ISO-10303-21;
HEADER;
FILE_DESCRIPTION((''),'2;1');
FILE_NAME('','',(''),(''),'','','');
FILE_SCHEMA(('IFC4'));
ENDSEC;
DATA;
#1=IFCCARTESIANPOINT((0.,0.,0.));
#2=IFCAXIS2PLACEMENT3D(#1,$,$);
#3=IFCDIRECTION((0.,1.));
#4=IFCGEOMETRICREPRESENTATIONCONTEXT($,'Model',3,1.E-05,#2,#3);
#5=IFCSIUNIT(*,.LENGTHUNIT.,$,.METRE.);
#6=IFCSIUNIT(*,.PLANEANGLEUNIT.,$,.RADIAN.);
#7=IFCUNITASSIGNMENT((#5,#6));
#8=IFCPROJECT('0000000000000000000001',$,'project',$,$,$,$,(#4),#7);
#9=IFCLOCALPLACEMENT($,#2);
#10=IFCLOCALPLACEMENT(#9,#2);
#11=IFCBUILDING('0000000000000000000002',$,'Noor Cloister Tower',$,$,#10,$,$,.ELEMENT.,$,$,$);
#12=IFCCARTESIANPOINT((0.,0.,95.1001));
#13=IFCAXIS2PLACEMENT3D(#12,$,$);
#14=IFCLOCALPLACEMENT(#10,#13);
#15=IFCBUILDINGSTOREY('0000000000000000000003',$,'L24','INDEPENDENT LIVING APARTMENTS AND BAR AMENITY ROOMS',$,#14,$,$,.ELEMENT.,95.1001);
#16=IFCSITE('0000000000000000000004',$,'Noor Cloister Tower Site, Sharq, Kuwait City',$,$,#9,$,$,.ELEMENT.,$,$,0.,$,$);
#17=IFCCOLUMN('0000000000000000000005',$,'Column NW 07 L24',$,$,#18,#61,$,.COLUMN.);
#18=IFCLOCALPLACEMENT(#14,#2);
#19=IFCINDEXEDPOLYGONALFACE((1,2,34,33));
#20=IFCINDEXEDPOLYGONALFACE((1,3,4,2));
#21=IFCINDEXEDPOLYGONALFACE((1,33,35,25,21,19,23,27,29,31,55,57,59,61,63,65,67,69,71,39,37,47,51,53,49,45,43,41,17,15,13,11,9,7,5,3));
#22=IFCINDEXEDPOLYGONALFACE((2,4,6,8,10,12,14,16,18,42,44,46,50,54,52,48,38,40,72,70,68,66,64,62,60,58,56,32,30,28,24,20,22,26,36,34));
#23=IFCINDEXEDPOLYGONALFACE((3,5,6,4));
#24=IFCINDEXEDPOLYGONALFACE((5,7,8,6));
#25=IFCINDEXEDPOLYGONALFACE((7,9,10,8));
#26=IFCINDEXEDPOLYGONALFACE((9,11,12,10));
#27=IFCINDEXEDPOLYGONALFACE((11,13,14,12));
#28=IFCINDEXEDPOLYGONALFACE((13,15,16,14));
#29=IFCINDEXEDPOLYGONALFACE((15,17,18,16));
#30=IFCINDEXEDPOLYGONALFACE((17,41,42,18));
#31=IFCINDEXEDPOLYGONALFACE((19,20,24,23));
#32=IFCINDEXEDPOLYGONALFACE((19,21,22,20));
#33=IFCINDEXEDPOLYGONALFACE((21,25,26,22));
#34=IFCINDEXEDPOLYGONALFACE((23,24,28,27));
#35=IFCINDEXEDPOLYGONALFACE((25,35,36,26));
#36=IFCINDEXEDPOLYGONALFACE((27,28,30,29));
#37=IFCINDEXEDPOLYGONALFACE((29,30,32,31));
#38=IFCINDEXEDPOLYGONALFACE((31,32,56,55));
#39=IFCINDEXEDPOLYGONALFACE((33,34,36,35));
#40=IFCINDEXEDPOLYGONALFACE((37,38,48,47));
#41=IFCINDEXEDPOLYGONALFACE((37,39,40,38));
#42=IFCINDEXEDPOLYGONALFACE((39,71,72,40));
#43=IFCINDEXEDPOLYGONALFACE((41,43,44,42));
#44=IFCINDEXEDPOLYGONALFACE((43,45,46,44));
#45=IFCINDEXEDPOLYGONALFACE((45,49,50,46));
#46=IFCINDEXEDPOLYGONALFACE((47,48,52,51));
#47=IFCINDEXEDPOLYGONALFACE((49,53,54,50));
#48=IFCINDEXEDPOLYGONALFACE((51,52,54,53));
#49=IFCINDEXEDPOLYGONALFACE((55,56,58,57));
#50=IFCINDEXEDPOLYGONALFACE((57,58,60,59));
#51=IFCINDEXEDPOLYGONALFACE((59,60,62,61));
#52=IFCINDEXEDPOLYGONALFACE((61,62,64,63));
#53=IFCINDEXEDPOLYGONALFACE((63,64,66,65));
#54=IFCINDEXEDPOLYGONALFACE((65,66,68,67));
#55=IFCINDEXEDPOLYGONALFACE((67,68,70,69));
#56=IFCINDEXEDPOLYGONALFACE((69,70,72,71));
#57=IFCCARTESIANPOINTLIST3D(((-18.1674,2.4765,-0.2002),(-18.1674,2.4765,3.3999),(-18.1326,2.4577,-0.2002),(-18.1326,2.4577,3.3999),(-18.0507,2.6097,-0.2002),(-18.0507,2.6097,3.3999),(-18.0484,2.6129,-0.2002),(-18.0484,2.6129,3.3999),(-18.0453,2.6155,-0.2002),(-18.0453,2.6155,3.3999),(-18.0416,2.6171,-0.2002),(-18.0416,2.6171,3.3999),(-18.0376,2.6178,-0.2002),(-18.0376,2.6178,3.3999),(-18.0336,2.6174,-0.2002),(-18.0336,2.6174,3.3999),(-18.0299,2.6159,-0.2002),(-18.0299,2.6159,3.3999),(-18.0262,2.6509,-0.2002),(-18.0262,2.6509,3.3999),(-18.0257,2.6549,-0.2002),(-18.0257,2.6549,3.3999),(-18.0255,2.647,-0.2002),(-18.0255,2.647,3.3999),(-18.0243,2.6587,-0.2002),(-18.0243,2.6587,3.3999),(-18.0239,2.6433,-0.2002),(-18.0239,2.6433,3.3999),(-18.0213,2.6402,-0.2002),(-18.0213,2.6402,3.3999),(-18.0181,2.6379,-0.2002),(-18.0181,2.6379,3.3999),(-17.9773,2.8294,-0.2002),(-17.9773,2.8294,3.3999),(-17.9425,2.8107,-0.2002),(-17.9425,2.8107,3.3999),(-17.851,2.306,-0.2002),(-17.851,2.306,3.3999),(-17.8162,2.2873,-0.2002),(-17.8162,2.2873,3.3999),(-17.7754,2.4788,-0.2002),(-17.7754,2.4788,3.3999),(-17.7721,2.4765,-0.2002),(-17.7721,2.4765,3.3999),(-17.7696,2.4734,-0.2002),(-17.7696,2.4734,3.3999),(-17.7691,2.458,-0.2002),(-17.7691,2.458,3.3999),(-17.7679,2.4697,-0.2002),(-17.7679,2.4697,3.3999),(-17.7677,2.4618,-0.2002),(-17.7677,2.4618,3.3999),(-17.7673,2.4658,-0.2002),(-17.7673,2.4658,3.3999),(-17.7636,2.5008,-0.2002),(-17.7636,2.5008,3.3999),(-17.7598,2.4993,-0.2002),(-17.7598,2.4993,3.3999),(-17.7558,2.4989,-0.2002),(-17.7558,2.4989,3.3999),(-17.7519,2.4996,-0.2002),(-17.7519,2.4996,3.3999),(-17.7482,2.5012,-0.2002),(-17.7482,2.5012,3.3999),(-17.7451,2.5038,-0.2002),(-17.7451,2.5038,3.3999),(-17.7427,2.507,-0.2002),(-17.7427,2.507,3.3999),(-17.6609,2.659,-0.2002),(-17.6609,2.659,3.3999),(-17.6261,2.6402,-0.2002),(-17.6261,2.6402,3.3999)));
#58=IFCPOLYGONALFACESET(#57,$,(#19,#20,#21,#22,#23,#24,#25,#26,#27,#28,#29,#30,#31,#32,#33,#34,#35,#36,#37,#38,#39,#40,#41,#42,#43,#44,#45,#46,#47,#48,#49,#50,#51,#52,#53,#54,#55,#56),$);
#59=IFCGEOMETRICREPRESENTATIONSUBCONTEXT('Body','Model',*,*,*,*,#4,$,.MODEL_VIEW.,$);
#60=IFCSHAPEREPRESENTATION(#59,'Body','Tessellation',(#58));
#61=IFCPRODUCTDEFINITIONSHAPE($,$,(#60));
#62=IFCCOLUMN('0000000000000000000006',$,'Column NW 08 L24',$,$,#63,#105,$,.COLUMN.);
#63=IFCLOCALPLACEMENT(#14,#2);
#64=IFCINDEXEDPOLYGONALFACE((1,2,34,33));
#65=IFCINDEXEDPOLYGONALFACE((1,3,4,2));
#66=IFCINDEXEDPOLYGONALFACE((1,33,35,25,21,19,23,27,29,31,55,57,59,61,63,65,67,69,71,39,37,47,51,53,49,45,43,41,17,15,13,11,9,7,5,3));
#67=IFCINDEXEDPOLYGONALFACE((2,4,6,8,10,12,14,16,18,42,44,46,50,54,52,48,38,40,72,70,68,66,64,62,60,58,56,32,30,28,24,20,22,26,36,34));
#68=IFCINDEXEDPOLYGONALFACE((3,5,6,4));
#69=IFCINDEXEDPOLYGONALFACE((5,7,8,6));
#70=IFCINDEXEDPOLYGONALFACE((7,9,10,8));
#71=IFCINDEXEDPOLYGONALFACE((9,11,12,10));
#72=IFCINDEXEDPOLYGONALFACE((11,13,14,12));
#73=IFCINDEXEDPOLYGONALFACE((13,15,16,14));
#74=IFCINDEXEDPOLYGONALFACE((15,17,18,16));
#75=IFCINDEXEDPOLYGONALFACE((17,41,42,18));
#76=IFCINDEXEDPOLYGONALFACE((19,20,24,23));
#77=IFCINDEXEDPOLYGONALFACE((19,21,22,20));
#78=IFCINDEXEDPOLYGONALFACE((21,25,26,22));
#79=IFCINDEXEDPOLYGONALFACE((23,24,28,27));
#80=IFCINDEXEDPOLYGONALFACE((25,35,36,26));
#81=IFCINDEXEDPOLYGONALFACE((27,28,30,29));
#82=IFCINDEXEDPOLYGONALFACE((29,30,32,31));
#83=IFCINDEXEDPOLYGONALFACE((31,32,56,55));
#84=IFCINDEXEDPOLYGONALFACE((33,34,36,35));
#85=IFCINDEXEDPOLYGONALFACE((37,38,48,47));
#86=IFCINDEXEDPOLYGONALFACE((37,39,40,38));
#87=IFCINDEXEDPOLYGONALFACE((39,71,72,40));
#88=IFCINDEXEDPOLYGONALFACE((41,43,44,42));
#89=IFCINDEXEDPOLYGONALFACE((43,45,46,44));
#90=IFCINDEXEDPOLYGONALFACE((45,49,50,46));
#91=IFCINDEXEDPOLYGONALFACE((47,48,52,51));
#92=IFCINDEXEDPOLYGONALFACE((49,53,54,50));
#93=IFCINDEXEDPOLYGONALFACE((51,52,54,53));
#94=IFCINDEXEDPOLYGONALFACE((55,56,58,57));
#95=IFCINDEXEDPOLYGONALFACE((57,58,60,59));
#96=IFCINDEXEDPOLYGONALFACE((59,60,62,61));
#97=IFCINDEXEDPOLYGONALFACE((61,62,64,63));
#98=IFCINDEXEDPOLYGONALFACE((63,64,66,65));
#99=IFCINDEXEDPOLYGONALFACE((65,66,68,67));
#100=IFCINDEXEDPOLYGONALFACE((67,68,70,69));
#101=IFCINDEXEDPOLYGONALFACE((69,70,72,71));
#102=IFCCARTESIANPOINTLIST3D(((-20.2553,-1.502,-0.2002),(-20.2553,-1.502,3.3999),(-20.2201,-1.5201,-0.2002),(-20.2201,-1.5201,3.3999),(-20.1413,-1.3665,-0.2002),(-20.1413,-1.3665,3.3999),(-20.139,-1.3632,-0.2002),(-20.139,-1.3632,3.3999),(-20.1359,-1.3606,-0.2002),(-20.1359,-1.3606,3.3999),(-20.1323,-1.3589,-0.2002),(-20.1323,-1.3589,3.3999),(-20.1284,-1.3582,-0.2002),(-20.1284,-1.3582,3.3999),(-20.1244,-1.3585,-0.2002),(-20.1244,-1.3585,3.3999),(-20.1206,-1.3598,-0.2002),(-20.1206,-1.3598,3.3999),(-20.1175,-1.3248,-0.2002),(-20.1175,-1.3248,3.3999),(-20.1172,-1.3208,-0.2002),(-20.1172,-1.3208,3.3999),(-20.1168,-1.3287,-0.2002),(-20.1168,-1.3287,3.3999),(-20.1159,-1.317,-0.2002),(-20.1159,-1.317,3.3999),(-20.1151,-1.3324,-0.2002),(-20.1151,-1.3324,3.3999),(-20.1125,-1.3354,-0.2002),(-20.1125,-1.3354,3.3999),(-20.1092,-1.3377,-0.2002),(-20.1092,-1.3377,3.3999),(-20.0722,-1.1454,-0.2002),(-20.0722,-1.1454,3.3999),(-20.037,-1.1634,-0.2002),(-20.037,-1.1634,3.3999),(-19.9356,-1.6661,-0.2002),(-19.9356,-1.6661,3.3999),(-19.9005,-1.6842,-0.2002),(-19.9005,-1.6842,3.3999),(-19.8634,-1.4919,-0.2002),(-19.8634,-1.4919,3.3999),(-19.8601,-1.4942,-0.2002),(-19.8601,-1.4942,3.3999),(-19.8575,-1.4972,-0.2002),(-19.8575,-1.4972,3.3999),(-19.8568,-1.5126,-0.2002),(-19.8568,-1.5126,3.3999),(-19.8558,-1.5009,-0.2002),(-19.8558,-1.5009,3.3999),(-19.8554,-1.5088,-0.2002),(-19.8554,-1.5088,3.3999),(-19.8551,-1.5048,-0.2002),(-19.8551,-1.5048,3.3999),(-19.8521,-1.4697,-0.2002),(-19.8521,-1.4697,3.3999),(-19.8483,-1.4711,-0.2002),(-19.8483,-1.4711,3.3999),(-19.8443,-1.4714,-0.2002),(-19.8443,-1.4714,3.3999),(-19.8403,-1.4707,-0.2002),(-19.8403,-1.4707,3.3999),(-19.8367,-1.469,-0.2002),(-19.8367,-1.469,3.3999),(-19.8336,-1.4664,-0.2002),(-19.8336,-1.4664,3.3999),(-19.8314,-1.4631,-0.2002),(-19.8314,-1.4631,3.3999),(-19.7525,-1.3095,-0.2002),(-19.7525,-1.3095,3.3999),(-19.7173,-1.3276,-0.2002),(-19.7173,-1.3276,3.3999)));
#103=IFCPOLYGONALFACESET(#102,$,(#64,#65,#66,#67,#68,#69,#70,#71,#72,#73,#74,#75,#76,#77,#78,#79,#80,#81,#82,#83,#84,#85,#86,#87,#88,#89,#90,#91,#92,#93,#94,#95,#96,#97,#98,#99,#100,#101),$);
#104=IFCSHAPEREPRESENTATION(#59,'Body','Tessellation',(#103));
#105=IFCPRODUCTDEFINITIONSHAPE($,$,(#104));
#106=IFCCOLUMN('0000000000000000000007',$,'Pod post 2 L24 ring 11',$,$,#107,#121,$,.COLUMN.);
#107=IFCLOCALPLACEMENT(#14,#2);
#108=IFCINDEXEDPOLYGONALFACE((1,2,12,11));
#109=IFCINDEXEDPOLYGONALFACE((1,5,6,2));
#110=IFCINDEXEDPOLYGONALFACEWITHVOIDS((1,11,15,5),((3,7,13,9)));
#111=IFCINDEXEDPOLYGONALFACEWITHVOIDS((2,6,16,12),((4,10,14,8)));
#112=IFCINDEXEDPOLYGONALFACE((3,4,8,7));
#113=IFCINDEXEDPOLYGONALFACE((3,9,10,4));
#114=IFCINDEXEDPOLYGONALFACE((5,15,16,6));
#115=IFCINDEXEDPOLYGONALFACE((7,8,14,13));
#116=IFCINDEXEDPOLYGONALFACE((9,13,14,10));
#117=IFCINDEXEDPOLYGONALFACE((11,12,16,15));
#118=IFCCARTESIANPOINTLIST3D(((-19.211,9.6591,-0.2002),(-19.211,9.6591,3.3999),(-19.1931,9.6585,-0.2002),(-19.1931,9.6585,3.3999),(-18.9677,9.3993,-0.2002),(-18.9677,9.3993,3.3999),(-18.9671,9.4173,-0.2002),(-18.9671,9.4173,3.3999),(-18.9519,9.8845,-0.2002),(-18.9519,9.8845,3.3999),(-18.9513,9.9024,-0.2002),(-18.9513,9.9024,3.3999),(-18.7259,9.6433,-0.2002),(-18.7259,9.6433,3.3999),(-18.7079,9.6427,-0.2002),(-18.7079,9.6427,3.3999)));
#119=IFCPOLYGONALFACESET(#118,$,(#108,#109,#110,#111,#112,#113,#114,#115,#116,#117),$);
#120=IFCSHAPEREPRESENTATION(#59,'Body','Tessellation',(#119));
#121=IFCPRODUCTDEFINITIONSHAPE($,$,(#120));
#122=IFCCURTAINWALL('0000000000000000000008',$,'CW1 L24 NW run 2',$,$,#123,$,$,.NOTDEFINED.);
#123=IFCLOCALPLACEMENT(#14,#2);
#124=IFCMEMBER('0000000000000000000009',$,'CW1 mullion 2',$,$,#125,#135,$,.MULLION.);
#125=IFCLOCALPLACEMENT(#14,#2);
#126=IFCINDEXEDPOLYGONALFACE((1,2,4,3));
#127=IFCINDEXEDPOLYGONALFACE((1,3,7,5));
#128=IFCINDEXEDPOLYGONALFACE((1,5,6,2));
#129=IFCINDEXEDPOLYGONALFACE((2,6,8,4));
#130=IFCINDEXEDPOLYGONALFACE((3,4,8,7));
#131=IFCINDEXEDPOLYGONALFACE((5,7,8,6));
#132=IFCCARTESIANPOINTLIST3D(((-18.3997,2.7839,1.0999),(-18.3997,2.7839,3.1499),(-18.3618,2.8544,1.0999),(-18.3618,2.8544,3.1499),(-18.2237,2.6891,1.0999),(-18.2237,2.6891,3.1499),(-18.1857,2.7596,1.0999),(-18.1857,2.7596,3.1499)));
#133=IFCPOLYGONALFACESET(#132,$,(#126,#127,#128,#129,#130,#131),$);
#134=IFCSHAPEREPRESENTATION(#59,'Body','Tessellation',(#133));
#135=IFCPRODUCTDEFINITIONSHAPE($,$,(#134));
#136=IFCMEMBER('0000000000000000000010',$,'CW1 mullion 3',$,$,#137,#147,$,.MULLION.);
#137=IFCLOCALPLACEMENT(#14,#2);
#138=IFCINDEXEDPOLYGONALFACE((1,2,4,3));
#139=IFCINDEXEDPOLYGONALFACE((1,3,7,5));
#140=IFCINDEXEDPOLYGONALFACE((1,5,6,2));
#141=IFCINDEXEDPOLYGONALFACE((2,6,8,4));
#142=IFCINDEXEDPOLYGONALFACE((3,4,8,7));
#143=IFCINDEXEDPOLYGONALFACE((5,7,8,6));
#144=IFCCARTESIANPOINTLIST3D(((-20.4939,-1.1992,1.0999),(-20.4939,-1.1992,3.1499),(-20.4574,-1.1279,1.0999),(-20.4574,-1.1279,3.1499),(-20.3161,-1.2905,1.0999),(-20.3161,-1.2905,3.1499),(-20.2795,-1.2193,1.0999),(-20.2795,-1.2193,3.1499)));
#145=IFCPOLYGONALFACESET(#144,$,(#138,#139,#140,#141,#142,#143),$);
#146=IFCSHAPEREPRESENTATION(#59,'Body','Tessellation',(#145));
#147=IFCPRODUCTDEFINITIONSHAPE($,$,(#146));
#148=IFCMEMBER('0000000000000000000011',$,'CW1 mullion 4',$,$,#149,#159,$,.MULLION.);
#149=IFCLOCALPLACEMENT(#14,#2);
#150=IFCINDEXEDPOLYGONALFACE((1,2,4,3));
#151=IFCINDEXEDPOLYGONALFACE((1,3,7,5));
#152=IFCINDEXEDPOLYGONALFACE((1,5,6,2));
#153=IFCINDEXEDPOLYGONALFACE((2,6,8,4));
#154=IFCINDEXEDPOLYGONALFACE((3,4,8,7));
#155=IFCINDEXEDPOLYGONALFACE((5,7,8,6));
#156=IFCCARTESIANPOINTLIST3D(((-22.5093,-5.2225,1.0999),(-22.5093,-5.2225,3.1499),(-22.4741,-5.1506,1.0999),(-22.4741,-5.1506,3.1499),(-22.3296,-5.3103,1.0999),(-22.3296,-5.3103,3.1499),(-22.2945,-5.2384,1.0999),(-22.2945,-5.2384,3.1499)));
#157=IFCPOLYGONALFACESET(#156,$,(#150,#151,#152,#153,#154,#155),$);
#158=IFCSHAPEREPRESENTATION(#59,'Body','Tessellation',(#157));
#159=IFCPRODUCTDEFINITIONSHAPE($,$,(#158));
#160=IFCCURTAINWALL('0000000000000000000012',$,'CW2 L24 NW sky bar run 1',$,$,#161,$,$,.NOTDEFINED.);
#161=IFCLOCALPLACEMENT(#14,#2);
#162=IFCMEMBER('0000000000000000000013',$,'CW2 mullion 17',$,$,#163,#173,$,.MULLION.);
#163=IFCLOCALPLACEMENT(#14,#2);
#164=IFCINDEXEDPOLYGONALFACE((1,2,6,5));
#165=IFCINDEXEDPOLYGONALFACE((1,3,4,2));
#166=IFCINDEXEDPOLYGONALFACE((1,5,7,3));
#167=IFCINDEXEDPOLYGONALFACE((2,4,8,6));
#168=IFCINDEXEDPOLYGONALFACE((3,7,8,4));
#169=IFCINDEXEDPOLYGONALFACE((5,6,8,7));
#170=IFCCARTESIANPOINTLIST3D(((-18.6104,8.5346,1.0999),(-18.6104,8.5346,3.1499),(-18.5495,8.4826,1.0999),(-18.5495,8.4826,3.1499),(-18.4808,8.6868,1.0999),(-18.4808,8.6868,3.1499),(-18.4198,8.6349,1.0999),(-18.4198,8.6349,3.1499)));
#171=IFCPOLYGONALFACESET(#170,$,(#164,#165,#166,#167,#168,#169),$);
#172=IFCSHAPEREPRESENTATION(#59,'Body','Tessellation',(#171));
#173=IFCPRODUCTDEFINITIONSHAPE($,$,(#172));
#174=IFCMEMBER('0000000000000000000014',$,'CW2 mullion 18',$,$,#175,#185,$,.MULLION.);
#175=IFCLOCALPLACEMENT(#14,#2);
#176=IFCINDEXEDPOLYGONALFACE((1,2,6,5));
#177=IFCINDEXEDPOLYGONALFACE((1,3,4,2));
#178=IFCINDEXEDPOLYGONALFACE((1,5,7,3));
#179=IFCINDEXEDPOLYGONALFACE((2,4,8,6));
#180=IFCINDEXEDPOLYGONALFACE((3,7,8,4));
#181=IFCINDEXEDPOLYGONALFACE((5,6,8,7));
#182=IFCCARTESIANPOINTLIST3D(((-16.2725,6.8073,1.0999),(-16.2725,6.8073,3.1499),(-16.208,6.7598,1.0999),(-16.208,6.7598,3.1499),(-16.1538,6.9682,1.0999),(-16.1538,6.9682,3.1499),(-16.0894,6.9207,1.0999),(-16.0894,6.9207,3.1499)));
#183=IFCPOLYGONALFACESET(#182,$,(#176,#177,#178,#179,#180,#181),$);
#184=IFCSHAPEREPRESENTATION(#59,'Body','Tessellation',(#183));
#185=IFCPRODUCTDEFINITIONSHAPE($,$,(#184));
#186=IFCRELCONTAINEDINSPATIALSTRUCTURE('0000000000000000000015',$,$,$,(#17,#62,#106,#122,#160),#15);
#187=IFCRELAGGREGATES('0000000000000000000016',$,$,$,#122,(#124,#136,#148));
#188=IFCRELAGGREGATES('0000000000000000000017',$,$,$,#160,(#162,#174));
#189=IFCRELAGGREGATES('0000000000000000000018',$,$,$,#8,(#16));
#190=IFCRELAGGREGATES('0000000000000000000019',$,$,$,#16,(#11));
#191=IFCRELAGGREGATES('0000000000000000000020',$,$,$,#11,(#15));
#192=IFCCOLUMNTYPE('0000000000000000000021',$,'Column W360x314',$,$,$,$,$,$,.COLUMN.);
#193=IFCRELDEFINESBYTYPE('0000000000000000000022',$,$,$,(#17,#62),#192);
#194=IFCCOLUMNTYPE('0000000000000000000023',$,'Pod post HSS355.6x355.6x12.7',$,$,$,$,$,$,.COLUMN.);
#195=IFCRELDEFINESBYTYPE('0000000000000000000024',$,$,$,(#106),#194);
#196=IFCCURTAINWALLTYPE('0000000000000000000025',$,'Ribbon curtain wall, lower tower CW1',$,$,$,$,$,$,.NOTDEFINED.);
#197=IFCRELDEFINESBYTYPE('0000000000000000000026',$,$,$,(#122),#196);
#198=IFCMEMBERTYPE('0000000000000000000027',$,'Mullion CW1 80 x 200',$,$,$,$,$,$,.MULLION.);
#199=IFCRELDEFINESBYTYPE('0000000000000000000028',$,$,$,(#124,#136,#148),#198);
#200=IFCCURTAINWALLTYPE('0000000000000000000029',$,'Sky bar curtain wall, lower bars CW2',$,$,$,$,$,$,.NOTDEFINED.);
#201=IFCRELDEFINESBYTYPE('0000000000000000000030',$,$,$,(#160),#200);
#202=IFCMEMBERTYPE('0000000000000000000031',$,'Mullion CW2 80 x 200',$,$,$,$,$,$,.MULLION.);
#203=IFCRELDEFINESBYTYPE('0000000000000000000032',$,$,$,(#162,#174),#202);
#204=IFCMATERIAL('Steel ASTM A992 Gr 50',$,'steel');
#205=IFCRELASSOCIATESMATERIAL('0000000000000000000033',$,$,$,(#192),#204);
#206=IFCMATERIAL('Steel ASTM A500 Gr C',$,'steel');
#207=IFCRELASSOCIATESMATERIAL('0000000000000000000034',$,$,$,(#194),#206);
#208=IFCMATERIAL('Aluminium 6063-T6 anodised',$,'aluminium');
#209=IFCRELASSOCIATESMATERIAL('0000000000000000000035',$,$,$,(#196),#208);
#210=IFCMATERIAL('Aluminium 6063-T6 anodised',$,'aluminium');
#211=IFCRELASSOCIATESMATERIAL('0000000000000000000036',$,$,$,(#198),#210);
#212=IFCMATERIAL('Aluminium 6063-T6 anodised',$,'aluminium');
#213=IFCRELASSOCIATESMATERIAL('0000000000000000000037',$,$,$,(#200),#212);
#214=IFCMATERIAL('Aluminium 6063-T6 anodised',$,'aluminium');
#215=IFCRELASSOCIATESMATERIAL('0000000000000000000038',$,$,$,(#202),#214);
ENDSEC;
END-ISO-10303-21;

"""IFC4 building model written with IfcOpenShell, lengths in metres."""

from ifc_helpers import new_model, si_unit, direction, frame, origin, origin_2d, place, context, subcontext, project, spatial, rectangle, hollow_rectangle, i_section, extrude, material, material_profile, profile_set, type_object, element, aggregate, save


model = new_model("IFC4")

# Units and contexts
model_context = context("Model", 3, precision=1e-05, world=origin(), true_north=direction((0.0, 1.0)))
body_context = subcontext(model_context, "Body", "Model", "MODEL_VIEW")
ifc_project = project(units=[si_unit("LENGTHUNIT", "METRE"), si_unit("PLANEANGLEUNIT", "RADIAN")], contexts=[model_context])

# Site, building, storey
site_placement = place(None, origin())
site = spatial("IfcSite", under=ifc_project, at=site_placement, Name="Noor Cloister Tower Site, Sharq, Kuwait City", CompositionType="ELEMENT", RefElevation=0.0)
building_placement = place(site_placement, origin())
building = spatial("IfcBuilding", under=site, at=building_placement, Name="Noor Cloister Tower", CompositionType="ELEMENT")
storey_placement = place(building_placement, frame((0.0, 0.0, 95.1001)))
storey = spatial("IfcBuildingStorey", under=building, at=storey_placement, Name="L24", Description="INDEPENDENT LIVING APARTMENTS AND BAR AMENITY ROOMS", CompositionType="ELEMENT", Elevation=95.1001)

# Columns
ifc_material_1 = material(Name="Steel ASTM A992 Gr 50", Category="steel")
ifc_material_profile_1 = material_profile(ifc_material_1, i_section(OverallWidth=0.4009, OverallDepth=0.3989, WebThickness=0.0249, FlangeThickness=0.0396, FilletRadius=0.0154, at=origin_2d()), Name="W360x314")
ifc_profile_set_1 = profile_set([ifc_material_profile_1], Name="Steel ASTM A992 Gr 50")
column_type_1 = type_object("IfcColumnType", Name="Column W360x314", PredefinedType="COLUMN", material=ifc_profile_set_1)
for number, where, z_axis, x_axis, name in (
    (1, (-17.8967, 2.5583, -0.2002), (0.0, 0.0, 1.0), (-0.474216, -0.880408, 0.0), "Column NW 07 L24"),
    (2, (-19.9863, -1.4148, -0.2002), (0.0, 0.0, 1.0), (-0.456796, -0.889571, 0.0), "Column NW 08 L24"),
):
    element("IfcColumn", number, at=place(storey_placement, frame(where, z_axis=z_axis, x_axis=x_axis)), inside=storey, type_object=column_type_1, Name=name, PredefinedType="COLUMN", context=body_context, shape_type="SweptSolid", body=[
        extrude(i_section(OverallWidth=0.4009, OverallDepth=0.3989, WebThickness=0.0249, FlangeThickness=0.0396, FilletRadius=0.0154, at=origin_2d()), origin(), (0.0, 0.0, 1.0), 3.6001),
    ])
ifc_material_2 = material(Name="Steel ASTM A500 Gr C", Category="steel")
ifc_material_profile_2 = material_profile(ifc_material_2, hollow_rectangle(XDim=0.356, YDim=0.356, WallThickness=0.0127, at=origin_2d()), Name="HSS355.6x355.6x12.7")
ifc_profile_set_2 = profile_set([ifc_material_profile_2], Name="Steel ASTM A500 Gr C")
column_type_2 = type_object("IfcColumnType", Name="Pod post HSS355.6x355.6x12.7", PredefinedType="COLUMN", material=ifc_profile_set_2)
column_placement = place(storey_placement, frame((-18.9595, 9.6509, -0.2002), z_axis=(0.0, 0.0, 1.0), x_axis=(0.683681, -0.729781, 0.0)))
element("IfcColumn", 3, at=column_placement, inside=storey, type_object=column_type_2, Name="Pod post 2 L24 ring 11", PredefinedType="COLUMN", context=body_context, shape_type="SweptSolid", body=[
    extrude(hollow_rectangle(XDim=0.356, YDim=0.356, WallThickness=0.0127, at=origin_2d()), origin(), (0.0, 0.0, 1.0), 3.6001),
])

# Curtain walls, members
ifc_material_3 = material(Name="Aluminium 6063-T6 anodised", Category="aluminium")
curtain_wall_type_1 = type_object("IfcCurtainWallType", Name="Ribbon curtain wall, lower tower CW1", PredefinedType="NOTDEFINED", material=ifc_material_3)
curtain_wall_1_placement = place(storey_placement, origin())
curtain_wall_1 = element("IfcCurtainWall", 4, at=curtain_wall_1_placement, inside=storey, type_object=curtain_wall_type_1, Name="CW1 L24 NW run 2", PredefinedType="NOTDEFINED")
ifc_material_4 = material(Name="Aluminium 6063-T6 anodised", Category="aluminium")
ifc_material_profile_3 = material_profile(ifc_material_4, rectangle(XDim=0.2, YDim=0.0801, at=origin_2d()), Name="200 x 80 mullion")
ifc_profile_set_3 = profile_set([ifc_material_profile_3], Name="Aluminium 6063-T6 anodised")
member_type_1 = type_object("IfcMemberType", Name="Mullion CW1 80 x 200", PredefinedType="MULLION", material=ifc_profile_set_3)
member_1_placement = place(storey_placement, frame((-18.2927, 2.7717, 1.0999), z_axis=(0.0, 0.0, 1.0), x_axis=(0.880408, -0.474216, 0.0)))
member_1 = element("IfcMember", 5, at=member_1_placement, type_object=member_type_1, Name="CW1 mullion 2", PredefinedType="MULLION", context=body_context, shape_type="SweptSolid", body=[
    extrude(rectangle(XDim=0.2, YDim=0.0801, at=origin_2d()), origin(), (0.0, 0.0, 1.0), 2.05),
])
member_2_placement = place(storey_placement, frame((-20.3867, -1.2092, 1.0999), z_axis=(0.0, 0.0, 1.0), x_axis=(0.889571, -0.456796, 0.0)))
member_2 = element("IfcMember", 6, at=member_2_placement, type_object=member_type_1, Name="CW1 mullion 3", PredefinedType="MULLION", context=body_context, shape_type="SweptSolid", body=[
    extrude(rectangle(XDim=0.2, YDim=0.0801, at=origin_2d()), origin(), (0.0, 0.0, 1.0), 2.05),
])
member_3_placement = place(storey_placement, frame((-22.4019, -5.2305, 1.0999), z_axis=(0.0, 0.0, 1.0), x_axis=(0.89839, -0.439199, 0.0)))
member_3 = element("IfcMember", 7, at=member_3_placement, type_object=member_type_1, Name="CW1 mullion 4", PredefinedType="MULLION", context=body_context, shape_type="SweptSolid", body=[
    extrude(rectangle(XDim=0.2, YDim=0.0801, at=origin_2d()), origin(), (0.0, 0.0, 1.0), 2.05),
])
ifc_material_5 = material(Name="Aluminium 6063-T6 anodised", Category="aluminium")
curtain_wall_type_2 = type_object("IfcCurtainWallType", Name="Sky bar curtain wall, lower bars CW2", PredefinedType="NOTDEFINED", material=ifc_material_5)
curtain_wall_2_placement = place(storey_placement, origin())
curtain_wall_2 = element("IfcCurtainWall", 8, at=curtain_wall_2_placement, inside=storey, type_object=curtain_wall_type_2, Name="CW2 L24 NW sky bar run 1", PredefinedType="NOTDEFINED")
ifc_material_6 = material(Name="Aluminium 6063-T6 anodised", Category="aluminium")
ifc_material_profile_4 = material_profile(ifc_material_6, rectangle(XDim=0.2, YDim=0.0801, at=origin_2d()), Name="200 x 80 mullion")
ifc_profile_set_4 = profile_set([ifc_material_profile_4], Name="Aluminium 6063-T6 anodised")
member_type_2 = type_object("IfcMemberType", Name="Mullion CW2 80 x 200", PredefinedType="MULLION", material=ifc_profile_set_4)
member_4_placement = place(storey_placement, frame((-18.5151, 8.5847, 1.0999), z_axis=(0.0, 0.0, 1.0), x_axis=(0.648411, 0.76129, 0.0)))
member_4 = element("IfcMember", 9, at=member_4_placement, type_object=member_type_2, Name="CW2 mullion 17", PredefinedType="MULLION", context=body_context, shape_type="SweptSolid", body=[
    extrude(rectangle(XDim=0.2, YDim=0.0801, at=origin_2d()), origin(), (0.0, 0.0, 1.0), 2.05),
])
member_5_placement = place(storey_placement, frame((-16.1809, 6.864, 1.0999), z_axis=(0.0, 0.0, 1.0), x_axis=(0.593401, 0.804907, 0.0)))
member_5 = element("IfcMember", 10, at=member_5_placement, type_object=member_type_2, Name="CW2 mullion 18", PredefinedType="MULLION", context=body_context, shape_type="SweptSolid", body=[
    extrude(rectangle(XDim=0.2, YDim=0.0801, at=origin_2d()), origin(), (0.0, 0.0, 1.0), 2.05),
])

aggregate(curtain_wall_1, [member_1, member_2, member_3])
aggregate(curtain_wall_2, [member_4, member_5])

save(model, "model.ifc")
